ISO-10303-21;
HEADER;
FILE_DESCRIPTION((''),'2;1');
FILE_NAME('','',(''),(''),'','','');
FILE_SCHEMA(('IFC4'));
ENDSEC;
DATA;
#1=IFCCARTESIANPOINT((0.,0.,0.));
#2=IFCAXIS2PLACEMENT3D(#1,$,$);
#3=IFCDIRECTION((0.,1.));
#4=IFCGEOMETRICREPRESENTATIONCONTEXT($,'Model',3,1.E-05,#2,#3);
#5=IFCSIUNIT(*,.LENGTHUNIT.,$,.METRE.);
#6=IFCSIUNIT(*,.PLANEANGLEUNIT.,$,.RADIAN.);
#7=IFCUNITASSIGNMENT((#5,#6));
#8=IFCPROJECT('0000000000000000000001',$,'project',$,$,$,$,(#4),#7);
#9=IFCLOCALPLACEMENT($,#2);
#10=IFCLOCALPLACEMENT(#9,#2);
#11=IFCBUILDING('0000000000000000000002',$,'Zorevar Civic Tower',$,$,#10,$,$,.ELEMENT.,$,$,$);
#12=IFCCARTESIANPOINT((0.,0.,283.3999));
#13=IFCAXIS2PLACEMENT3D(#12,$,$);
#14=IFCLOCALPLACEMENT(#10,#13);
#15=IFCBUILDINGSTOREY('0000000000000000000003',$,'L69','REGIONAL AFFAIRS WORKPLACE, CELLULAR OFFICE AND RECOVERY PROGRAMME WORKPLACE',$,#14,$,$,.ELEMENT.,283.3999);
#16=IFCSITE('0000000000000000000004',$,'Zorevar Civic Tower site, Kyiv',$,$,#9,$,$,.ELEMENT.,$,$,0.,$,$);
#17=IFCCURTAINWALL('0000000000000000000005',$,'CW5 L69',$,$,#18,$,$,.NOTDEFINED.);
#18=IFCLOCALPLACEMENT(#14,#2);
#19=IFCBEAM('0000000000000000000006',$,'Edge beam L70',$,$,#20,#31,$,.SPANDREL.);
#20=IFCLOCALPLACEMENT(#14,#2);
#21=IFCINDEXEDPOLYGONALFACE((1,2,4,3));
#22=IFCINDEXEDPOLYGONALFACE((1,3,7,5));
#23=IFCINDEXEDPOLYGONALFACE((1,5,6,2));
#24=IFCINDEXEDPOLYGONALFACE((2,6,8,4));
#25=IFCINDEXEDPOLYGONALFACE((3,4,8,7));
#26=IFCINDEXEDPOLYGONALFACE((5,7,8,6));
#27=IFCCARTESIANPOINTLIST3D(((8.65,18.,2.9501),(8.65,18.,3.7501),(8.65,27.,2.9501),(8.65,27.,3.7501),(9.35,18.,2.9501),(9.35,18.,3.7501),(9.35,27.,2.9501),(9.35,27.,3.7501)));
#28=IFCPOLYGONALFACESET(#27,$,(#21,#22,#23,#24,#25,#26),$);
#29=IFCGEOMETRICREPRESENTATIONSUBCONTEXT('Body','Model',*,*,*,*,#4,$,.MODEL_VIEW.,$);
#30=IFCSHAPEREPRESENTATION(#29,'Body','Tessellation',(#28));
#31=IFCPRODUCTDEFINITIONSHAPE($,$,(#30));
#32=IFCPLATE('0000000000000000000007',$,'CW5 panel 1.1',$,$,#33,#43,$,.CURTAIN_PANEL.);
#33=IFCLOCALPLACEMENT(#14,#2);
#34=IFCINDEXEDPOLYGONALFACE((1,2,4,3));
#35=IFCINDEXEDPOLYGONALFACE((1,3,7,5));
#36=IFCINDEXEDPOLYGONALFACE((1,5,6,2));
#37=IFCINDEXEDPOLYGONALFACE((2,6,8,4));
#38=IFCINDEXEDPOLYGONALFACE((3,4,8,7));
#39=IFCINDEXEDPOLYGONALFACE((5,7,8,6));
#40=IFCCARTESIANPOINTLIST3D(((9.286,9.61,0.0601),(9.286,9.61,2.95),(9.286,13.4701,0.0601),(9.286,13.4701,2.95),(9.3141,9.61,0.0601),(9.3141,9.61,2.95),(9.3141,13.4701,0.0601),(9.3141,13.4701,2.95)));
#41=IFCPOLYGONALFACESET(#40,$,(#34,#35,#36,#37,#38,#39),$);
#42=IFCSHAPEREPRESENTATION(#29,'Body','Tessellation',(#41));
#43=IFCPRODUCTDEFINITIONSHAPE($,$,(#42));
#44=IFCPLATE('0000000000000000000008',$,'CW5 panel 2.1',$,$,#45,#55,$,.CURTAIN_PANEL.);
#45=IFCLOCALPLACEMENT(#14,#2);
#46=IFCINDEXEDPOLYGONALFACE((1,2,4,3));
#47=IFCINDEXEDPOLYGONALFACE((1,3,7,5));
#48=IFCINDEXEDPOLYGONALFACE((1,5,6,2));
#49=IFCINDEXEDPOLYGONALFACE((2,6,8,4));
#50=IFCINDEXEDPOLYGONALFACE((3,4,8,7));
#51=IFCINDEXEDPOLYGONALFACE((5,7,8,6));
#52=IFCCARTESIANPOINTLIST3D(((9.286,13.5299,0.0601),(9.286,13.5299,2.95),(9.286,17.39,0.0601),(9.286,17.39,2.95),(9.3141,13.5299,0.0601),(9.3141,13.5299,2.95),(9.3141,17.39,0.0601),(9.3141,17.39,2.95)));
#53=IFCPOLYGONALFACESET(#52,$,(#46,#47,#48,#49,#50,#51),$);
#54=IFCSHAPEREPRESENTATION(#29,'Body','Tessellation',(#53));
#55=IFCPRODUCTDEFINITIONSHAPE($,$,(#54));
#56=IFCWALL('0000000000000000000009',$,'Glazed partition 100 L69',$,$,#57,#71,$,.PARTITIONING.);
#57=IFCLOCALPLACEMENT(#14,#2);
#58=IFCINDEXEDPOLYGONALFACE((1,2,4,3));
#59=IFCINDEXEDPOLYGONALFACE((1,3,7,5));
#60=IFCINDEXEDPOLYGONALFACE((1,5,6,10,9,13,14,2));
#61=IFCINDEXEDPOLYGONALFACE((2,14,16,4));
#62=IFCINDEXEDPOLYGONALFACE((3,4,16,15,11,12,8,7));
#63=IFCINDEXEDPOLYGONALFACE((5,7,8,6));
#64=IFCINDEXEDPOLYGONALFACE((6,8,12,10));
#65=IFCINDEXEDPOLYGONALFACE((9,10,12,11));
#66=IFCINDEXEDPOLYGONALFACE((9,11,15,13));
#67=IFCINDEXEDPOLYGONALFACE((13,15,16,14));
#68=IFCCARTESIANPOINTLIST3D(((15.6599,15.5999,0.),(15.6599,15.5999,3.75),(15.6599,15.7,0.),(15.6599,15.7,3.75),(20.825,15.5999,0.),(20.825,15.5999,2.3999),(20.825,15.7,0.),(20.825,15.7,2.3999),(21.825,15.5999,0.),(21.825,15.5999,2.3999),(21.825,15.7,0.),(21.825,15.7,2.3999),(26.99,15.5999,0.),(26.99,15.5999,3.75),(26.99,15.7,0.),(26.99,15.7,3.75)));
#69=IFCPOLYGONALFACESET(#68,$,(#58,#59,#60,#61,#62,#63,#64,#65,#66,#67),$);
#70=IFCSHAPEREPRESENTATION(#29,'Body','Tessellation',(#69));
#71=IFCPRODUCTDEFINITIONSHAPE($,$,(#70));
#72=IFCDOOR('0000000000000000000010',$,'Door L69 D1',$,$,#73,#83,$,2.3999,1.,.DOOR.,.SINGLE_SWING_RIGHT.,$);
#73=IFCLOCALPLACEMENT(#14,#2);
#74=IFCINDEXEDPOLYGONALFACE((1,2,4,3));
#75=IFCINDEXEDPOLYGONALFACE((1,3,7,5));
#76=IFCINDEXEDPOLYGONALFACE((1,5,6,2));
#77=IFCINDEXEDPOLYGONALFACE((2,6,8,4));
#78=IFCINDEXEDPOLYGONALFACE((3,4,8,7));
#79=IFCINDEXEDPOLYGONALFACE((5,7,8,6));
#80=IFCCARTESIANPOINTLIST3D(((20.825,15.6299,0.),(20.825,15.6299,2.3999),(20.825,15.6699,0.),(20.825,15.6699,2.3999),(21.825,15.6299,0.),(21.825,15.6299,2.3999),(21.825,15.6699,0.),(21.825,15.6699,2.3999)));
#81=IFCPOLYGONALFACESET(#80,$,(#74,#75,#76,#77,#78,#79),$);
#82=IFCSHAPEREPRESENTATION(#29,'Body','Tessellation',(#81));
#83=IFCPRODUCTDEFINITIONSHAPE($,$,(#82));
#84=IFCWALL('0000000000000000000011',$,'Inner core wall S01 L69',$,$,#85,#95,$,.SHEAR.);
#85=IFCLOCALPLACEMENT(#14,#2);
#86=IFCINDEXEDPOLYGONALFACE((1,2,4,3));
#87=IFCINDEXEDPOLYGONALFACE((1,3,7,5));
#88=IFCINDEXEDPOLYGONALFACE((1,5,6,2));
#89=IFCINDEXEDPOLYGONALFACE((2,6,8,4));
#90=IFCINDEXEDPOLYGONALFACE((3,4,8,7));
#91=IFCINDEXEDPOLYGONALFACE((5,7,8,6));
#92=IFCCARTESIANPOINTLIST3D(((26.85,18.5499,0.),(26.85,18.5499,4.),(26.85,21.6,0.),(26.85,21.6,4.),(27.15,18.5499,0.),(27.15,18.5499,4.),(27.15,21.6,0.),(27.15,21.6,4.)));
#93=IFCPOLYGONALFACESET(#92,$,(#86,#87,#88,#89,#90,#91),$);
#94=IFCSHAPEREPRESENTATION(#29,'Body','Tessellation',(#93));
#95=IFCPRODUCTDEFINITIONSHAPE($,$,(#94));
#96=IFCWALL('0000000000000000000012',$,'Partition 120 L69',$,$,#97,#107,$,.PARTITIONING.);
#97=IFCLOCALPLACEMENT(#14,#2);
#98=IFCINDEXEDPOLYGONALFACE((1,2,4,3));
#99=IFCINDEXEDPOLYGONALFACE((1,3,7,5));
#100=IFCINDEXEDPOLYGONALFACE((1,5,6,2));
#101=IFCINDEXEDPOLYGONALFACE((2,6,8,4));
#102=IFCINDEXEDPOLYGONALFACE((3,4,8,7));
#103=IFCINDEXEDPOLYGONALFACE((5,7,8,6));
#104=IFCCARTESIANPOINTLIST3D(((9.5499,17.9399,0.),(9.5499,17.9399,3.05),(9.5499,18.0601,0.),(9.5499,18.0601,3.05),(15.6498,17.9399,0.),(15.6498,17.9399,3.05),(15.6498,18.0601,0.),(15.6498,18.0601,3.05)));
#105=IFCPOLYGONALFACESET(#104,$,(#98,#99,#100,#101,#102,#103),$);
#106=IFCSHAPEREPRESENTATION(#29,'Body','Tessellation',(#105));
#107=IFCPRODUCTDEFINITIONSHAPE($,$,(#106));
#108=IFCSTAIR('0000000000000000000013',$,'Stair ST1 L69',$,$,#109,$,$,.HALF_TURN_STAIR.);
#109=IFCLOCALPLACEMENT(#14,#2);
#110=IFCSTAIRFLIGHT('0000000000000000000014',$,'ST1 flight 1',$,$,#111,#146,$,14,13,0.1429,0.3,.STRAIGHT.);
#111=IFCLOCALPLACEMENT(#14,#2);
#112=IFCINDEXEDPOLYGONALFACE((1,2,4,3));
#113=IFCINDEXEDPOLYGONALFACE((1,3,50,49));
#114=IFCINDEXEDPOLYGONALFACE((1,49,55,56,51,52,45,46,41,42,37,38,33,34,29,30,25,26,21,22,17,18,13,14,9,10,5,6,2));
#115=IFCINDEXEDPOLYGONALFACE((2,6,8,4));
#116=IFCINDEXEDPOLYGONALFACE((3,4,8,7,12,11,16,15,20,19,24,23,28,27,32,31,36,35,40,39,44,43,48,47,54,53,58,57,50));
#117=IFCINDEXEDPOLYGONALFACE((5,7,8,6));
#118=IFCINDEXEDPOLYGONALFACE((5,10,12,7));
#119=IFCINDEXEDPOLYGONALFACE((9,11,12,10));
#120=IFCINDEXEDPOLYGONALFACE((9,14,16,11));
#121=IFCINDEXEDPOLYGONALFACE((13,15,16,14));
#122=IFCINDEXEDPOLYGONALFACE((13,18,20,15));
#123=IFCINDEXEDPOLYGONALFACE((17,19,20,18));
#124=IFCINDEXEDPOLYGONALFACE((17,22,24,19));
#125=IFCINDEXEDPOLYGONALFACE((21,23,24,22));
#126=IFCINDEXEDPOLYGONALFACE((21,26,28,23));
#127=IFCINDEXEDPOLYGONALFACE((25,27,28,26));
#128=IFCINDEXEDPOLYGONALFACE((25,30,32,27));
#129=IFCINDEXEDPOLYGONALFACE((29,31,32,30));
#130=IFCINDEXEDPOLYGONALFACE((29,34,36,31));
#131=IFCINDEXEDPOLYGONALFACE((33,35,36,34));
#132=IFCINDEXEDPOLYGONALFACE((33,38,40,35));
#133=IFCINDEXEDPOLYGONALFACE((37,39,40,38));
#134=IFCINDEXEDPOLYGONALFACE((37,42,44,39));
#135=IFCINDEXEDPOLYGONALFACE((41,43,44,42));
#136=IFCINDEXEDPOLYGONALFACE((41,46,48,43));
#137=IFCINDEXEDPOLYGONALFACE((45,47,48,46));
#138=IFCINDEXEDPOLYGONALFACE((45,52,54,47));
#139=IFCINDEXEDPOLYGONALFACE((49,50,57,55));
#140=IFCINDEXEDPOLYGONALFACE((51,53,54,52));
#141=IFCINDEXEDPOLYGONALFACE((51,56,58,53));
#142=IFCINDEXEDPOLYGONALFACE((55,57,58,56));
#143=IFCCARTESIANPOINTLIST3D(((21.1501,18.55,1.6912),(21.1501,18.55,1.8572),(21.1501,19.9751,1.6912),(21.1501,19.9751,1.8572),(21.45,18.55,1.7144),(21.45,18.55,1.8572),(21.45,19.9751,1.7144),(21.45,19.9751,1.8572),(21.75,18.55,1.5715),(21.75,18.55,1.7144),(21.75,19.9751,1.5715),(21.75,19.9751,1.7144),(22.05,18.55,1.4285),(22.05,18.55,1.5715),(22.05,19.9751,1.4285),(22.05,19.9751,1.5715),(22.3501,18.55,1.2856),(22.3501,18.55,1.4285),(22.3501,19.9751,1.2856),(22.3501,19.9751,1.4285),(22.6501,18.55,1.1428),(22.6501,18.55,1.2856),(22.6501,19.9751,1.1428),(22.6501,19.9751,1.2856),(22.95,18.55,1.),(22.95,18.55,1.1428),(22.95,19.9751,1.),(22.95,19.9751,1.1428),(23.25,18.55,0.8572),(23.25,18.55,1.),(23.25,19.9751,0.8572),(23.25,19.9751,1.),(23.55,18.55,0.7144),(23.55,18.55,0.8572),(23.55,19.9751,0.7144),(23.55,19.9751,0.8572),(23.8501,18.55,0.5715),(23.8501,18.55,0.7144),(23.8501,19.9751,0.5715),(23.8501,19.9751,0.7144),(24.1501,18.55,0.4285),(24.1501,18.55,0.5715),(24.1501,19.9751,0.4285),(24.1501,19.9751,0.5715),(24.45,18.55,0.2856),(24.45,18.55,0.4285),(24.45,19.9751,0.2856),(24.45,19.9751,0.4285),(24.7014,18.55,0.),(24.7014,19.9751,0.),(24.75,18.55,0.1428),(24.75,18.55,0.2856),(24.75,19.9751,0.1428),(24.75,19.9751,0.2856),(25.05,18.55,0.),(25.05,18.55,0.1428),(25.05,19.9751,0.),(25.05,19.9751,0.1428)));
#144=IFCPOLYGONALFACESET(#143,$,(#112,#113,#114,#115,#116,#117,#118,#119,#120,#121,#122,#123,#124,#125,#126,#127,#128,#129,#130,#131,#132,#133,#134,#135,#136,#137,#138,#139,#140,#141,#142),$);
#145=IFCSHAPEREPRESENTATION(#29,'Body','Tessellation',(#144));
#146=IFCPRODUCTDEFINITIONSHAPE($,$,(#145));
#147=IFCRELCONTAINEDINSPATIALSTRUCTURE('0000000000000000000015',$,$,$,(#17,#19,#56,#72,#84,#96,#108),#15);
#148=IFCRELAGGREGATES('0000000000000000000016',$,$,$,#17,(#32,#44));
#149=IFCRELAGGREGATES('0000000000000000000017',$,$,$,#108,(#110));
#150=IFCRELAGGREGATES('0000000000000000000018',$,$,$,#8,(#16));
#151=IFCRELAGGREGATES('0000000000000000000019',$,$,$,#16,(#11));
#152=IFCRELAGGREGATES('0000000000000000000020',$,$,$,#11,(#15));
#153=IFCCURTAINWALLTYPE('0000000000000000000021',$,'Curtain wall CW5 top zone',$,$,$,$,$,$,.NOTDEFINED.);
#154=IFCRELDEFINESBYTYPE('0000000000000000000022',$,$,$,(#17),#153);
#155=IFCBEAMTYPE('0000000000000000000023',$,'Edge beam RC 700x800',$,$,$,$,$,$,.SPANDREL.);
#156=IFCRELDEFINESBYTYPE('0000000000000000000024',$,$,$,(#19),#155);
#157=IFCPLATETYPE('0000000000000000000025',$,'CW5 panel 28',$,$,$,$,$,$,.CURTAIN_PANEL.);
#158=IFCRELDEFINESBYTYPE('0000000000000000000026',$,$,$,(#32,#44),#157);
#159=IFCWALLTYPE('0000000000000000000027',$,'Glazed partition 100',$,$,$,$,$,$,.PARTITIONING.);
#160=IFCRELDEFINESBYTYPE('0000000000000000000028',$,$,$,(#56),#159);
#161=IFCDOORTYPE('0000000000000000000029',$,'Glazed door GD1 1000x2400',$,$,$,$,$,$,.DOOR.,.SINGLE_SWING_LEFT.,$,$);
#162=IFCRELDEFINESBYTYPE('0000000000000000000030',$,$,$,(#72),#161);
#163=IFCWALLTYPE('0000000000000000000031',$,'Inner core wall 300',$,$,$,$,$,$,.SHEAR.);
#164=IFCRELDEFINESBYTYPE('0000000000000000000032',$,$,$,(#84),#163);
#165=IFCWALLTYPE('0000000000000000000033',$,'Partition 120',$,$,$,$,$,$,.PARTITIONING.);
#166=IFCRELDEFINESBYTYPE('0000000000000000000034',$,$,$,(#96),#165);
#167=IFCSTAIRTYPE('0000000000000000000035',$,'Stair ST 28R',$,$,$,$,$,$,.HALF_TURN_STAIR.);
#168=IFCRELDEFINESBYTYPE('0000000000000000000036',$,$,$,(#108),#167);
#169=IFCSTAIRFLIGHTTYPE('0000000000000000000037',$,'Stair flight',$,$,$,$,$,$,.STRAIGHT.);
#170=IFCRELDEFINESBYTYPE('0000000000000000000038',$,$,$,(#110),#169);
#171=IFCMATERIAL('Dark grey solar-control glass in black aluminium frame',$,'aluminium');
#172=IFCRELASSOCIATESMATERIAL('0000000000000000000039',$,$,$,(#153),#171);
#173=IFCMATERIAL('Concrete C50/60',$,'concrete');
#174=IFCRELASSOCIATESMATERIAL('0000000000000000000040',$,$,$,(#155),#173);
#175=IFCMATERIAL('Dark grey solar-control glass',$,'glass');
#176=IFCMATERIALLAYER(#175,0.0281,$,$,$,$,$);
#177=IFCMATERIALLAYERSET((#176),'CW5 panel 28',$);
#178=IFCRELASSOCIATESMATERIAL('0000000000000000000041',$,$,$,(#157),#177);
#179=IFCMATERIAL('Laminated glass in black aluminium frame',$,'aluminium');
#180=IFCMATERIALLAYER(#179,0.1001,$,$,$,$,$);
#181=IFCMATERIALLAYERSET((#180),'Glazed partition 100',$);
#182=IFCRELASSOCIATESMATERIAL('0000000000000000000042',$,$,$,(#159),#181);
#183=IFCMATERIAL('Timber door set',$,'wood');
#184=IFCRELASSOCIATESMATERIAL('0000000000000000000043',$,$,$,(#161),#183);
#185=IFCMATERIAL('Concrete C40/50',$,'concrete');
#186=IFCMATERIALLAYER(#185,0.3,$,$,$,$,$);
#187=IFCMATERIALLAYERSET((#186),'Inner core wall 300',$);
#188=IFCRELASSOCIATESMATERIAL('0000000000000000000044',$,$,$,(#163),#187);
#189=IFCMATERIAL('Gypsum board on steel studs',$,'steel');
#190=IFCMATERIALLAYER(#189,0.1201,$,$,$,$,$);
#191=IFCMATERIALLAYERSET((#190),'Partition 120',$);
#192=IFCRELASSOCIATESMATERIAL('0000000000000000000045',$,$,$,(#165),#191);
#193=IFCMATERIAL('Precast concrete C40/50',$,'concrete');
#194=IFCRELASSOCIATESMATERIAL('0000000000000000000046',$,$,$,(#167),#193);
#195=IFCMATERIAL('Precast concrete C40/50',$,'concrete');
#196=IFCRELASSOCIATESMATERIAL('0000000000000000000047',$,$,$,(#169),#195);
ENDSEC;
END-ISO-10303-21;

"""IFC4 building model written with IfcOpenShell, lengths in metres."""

from ifc_helpers import new_model, si_unit, direction, frame, frame_2d, origin, origin_2d, place, context, subcontext, project, spatial, polyline, rectangle, outline, extrude, material, layer, layer_set, material_profile, profile_set, type_object, element, fill, aggregate, save


model = new_model("IFC4")

# Units and contexts
model_context = context("Model", 3, precision=1e-05, world=origin(), true_north=direction((0.0, 1.0)))
body_context = subcontext(model_context, "Body", "Model", "MODEL_VIEW")
ifc_project = project(units=[si_unit("LENGTHUNIT", "METRE"), si_unit("PLANEANGLEUNIT", "RADIAN")], contexts=[model_context])

# Site, building, storey
site_placement = place(None, origin())
site = spatial("IfcSite", under=ifc_project, at=site_placement, Name="Zorevar Civic Tower site, Kyiv", CompositionType="ELEMENT", RefElevation=0.0)
building_placement = place(site_placement, origin())
building = spatial("IfcBuilding", under=site, at=building_placement, Name="Zorevar Civic Tower", CompositionType="ELEMENT")
storey_placement = place(building_placement, frame((0.0, 0.0, 283.3999)))
storey = spatial("IfcBuildingStorey", under=building, at=storey_placement, Name="L69", Description="REGIONAL AFFAIRS WORKPLACE, CELLULAR OFFICE AND RECOVERY PROGRAMME WORKPLACE", CompositionType="ELEMENT", Elevation=283.3999)

# Curtain wall
ifc_material_1 = material(Name="Dark grey solar-control glass in black aluminium frame", Category="aluminium")
curtain_wall_type = type_object("IfcCurtainWallType", Name="Curtain wall CW5 top zone", PredefinedType="NOTDEFINED", material=ifc_material_1)
curtain_wall_1_placement = place(storey_placement, origin())
curtain_wall_1 = element("IfcCurtainWall", 1, at=curtain_wall_1_placement, inside=storey, type_object=curtain_wall_type, Name="CW5 L69", PredefinedType="NOTDEFINED")

# Beam
ifc_material_2 = material(Name="Concrete C50/60", Category="concrete")
ifc_material_profile_1 = material_profile(ifc_material_2, rectangle(XDim=0.7, YDim=0.8, at=origin_2d()), Name="RC 700x800")
ifc_profile_set_1 = profile_set([ifc_material_profile_1], Name="Concrete C50/60")
beam_type_1 = type_object("IfcBeamType", Name="Edge beam RC 700x800", PredefinedType="SPANDREL", material=ifc_profile_set_1)
beam_1_placement = place(storey_placement, frame((9.0, 18.0, 3.3501), z_axis=(0.0, 1.0, 0.0), x_axis=(-1.0, 0.0, 0.0)))
element("IfcBeam", 2, at=beam_1_placement, inside=storey, type_object=beam_type_1, Name="Edge beam L70", PredefinedType="SPANDREL", context=body_context, shape_type="SweptSolid", body=[
    extrude(rectangle(XDim=0.7, YDim=0.8, at=origin_2d()), origin(), (0.0, 0.0, 1.0), 9.0),
])

# Plates
ifc_material_3 = material(Name="Dark grey solar-control glass", Category="glass")
ifc_layer_1 = layer(ifc_material_3, 0.0281)
ifc_layer_set_1 = layer_set([ifc_layer_1], Name="CW5 panel 28")
plate_type = type_object("IfcPlateType", Name="CW5 panel 28", PredefinedType="CURTAIN_PANEL", material=ifc_layer_set_1)
plate_1_placement = place(storey_placement, frame((9.3, 11.54, 0.0601), z_axis=(0.0, 0.0, 1.0), x_axis=(0.0, 1.0, 0.0)))
plate_1 = element("IfcPlate", 3, at=plate_1_placement, type_object=plate_type, Name="CW5 panel 1.1", PredefinedType="CURTAIN_PANEL", context=body_context, shape_type="SweptSolid", body=[
    extrude(rectangle(XDim=3.8601, YDim=0.0281, at=origin_2d()), origin(), (0.0, 0.0, 1.0), 2.8899),
])
plate_2_placement = place(storey_placement, frame((9.3, 15.46, 0.0601), z_axis=(0.0, 0.0, 1.0), x_axis=(0.0, 1.0, 0.0)))
plate_2 = element("IfcPlate", 4, at=plate_2_placement, type_object=plate_type, Name="CW5 panel 2.1", PredefinedType="CURTAIN_PANEL", context=body_context, shape_type="SweptSolid", body=[
    extrude(rectangle(XDim=3.8601, YDim=0.0281, at=origin_2d()), origin(), (0.0, 0.0, 1.0), 2.8899),
])
aggregate(curtain_wall_1, [plate_1, plate_2])

# Wall, opening, door
ifc_material_4 = material(Name="Laminated glass in black aluminium frame", Category="aluminium")
ifc_layer_2 = layer(ifc_material_4, 0.1001)
ifc_layer_set_2 = layer_set([ifc_layer_2], Name="Glazed partition 100")
wall_type_1 = type_object("IfcWallType", Name="Glazed partition 100", PredefinedType="PARTITIONING", material=ifc_layer_set_2)
wall_1_placement = place(storey_placement, frame((15.6599, 15.6499, 0.0), z_axis=(0.0, 0.0, 1.0), x_axis=(1.0, 0.0, 0.0)))
wall_1 = element("IfcWall", 5, at=wall_1_placement, inside=storey, type_object=wall_type_1, Name="Glazed partition 100 L69", PredefinedType="PARTITIONING", context=body_context, shape_type="SweptSolid", body=[
    extrude(rectangle(XDim=11.3301, YDim=0.1001, at=frame_2d((5.665, 0.0))), origin(), (0.0, 0.0, 1.0), 3.75),
])
opening_1_placement = place(wall_1_placement, frame((5.165, 0.0, 0.0)))
opening_1 = element("IfcOpeningElement", 6, at=opening_1_placement, cuts=wall_1, PredefinedType="OPENING", context=body_context, shape_type="SweptSolid", body=[
    extrude(rectangle(XDim=1.0, YDim=2.3999, at=frame_2d((0.5, 1.2))), frame((0.0, 0.0601, 0.0), z_axis=(0.0, -1.0, 0.0), x_axis=(1.0, 0.0, 0.0)), (0.0, 0.0, 1.0), 0.1201),
])
ifc_material_5 = material(Name="Timber door set", Category="wood")
door_type_1 = type_object("IfcDoorType", Name="Glazed door GD1 1000x2400", OperationType="SINGLE_SWING_LEFT", PredefinedType="DOOR", material=ifc_material_5)
door_1_placement = place(opening_1_placement, origin())
door_1 = element("IfcDoor", 7, at=door_1_placement, inside=storey, type_object=door_type_1, Name="Door L69 D1", OperationType="SINGLE_SWING_RIGHT", OverallHeight=2.3999, OverallWidth=1.0, PredefinedType="DOOR", context=body_context, shape_type="SweptSolid", body=[
    extrude(rectangle(XDim=1.0, YDim=2.3999, at=frame_2d((0.5, 1.2))), frame((0.0, 0.02, 0.0), z_axis=(0.0, -1.0, 0.0), x_axis=(1.0, 0.0, 0.0)), (0.0, 0.0, 1.0), 0.04),
])
fill(opening_1, door_1)

# Walls
ifc_material_6 = material(Name="Concrete C40/50", Category="concrete")
ifc_layer_3 = layer(ifc_material_6, 0.3)
ifc_layer_set_3 = layer_set([ifc_layer_3], Name="Inner core wall 300")
wall_type_2 = type_object("IfcWallType", Name="Inner core wall 300", PredefinedType="SHEAR", material=ifc_layer_set_3)
wall_2_placement = place(storey_placement, frame((27.0, 18.55, 0.0), z_axis=(0.0, 0.0, 1.0), x_axis=(0.0, 1.0, 0.0)))
element("IfcWall", 8, at=wall_2_placement, inside=storey, type_object=wall_type_2, Name="Inner core wall S01 L69", PredefinedType="SHEAR", context=body_context, shape_type="SweptSolid", body=[
    extrude(rectangle(XDim=3.05, YDim=0.3, at=frame_2d((1.5249, 0.0))), origin(), (0.0, 0.0, 1.0), 4.0),
])
ifc_material_7 = material(Name="Gypsum board on steel studs", Category="steel")
ifc_layer_4 = layer(ifc_material_7, 0.1201)
ifc_layer_set_4 = layer_set([ifc_layer_4], Name="Partition 120")
wall_type_3 = type_object("IfcWallType", Name="Partition 120", PredefinedType="PARTITIONING", material=ifc_layer_set_4)
wall_3_placement = place(storey_placement, frame((9.55, 18.0, 0.0), z_axis=(0.0, 0.0, 1.0), x_axis=(1.0, 0.0, 0.0)))
element("IfcWall", 9, at=wall_3_placement, inside=storey, type_object=wall_type_3, Name="Partition 120 L69", PredefinedType="PARTITIONING", context=body_context, shape_type="SweptSolid", body=[
    extrude(rectangle(XDim=6.0999, YDim=0.1201, at=frame_2d((3.0498, 0.0))), origin(), (0.0, 0.0, 1.0), 3.05),
])

# Stair, stair flight
ifc_material_8 = material(Name="Precast concrete C40/50", Category="concrete")
stair_type = type_object("IfcStairType", Name="Stair ST 28R", PredefinedType="HALF_TURN_STAIR", material=ifc_material_8)
stair_placement = place(storey_placement, origin())
stair = element("IfcStair", 10, at=stair_placement, inside=storey, type_object=stair_type, Name="Stair ST1 L69", PredefinedType="HALF_TURN_STAIR")
ifc_material_9 = material(Name="Precast concrete C40/50", Category="concrete")
stair_flight_type = type_object("IfcStairFlightType", Name="Stair flight", PredefinedType="STRAIGHT", material=ifc_material_9)
stair_flight_placement = place(storey_placement, frame((25.05, 19.2625, 0.0), z_axis=(0.0, 0.0, 1.0), x_axis=(-1.0, 0.0, 0.0)))
stair_flight = element("IfcStairFlight", 11, at=stair_flight_placement, type_object=stair_flight_type, Name="ST1 flight 1", NumberOfRisers=14, NumberOfTreads=13, PredefinedType="STRAIGHT", RiserHeight=0.1429, TreadLength=0.3, context=body_context, shape_type="SweptSolid", body=[
    extrude(outline(polyline([(0.0, 0.0), (0.0, 0.1428), (0.3, 0.1428), (0.3, 0.2856), (0.6001, 0.2856), (0.6001, 0.4285), (0.8999, 0.4285), (0.8999, 0.5715), (1.2, 0.5715), (1.2, 0.7144), (1.5, 0.7144), (1.5, 0.8572), (1.8, 0.8572), (1.8, 1.0), (2.1001, 1.0), (2.1001, 1.1428), (2.3999, 1.1428), (2.3999, 1.2856), (2.7, 1.2856), (2.7, 1.4285), (3.0, 1.4285), (3.0, 1.5715), (3.3, 1.5715), (3.3, 1.7144), (3.6001, 1.7144), (3.6001, 1.8572), (3.8999, 1.8572), (3.8999, 2.0), (3.8999, 1.6912), (0.3486, 0.0), (0.0, 0.0)])), frame((0.0, 0.7124, 0.0), z_axis=(0.0, -1.0, 0.0), x_axis=(1.0, 0.0, 0.0)), (0.0, 0.0, 1.0), 1.425),
])
aggregate(stair, [stair_flight])

save(model, "model.ifc")
